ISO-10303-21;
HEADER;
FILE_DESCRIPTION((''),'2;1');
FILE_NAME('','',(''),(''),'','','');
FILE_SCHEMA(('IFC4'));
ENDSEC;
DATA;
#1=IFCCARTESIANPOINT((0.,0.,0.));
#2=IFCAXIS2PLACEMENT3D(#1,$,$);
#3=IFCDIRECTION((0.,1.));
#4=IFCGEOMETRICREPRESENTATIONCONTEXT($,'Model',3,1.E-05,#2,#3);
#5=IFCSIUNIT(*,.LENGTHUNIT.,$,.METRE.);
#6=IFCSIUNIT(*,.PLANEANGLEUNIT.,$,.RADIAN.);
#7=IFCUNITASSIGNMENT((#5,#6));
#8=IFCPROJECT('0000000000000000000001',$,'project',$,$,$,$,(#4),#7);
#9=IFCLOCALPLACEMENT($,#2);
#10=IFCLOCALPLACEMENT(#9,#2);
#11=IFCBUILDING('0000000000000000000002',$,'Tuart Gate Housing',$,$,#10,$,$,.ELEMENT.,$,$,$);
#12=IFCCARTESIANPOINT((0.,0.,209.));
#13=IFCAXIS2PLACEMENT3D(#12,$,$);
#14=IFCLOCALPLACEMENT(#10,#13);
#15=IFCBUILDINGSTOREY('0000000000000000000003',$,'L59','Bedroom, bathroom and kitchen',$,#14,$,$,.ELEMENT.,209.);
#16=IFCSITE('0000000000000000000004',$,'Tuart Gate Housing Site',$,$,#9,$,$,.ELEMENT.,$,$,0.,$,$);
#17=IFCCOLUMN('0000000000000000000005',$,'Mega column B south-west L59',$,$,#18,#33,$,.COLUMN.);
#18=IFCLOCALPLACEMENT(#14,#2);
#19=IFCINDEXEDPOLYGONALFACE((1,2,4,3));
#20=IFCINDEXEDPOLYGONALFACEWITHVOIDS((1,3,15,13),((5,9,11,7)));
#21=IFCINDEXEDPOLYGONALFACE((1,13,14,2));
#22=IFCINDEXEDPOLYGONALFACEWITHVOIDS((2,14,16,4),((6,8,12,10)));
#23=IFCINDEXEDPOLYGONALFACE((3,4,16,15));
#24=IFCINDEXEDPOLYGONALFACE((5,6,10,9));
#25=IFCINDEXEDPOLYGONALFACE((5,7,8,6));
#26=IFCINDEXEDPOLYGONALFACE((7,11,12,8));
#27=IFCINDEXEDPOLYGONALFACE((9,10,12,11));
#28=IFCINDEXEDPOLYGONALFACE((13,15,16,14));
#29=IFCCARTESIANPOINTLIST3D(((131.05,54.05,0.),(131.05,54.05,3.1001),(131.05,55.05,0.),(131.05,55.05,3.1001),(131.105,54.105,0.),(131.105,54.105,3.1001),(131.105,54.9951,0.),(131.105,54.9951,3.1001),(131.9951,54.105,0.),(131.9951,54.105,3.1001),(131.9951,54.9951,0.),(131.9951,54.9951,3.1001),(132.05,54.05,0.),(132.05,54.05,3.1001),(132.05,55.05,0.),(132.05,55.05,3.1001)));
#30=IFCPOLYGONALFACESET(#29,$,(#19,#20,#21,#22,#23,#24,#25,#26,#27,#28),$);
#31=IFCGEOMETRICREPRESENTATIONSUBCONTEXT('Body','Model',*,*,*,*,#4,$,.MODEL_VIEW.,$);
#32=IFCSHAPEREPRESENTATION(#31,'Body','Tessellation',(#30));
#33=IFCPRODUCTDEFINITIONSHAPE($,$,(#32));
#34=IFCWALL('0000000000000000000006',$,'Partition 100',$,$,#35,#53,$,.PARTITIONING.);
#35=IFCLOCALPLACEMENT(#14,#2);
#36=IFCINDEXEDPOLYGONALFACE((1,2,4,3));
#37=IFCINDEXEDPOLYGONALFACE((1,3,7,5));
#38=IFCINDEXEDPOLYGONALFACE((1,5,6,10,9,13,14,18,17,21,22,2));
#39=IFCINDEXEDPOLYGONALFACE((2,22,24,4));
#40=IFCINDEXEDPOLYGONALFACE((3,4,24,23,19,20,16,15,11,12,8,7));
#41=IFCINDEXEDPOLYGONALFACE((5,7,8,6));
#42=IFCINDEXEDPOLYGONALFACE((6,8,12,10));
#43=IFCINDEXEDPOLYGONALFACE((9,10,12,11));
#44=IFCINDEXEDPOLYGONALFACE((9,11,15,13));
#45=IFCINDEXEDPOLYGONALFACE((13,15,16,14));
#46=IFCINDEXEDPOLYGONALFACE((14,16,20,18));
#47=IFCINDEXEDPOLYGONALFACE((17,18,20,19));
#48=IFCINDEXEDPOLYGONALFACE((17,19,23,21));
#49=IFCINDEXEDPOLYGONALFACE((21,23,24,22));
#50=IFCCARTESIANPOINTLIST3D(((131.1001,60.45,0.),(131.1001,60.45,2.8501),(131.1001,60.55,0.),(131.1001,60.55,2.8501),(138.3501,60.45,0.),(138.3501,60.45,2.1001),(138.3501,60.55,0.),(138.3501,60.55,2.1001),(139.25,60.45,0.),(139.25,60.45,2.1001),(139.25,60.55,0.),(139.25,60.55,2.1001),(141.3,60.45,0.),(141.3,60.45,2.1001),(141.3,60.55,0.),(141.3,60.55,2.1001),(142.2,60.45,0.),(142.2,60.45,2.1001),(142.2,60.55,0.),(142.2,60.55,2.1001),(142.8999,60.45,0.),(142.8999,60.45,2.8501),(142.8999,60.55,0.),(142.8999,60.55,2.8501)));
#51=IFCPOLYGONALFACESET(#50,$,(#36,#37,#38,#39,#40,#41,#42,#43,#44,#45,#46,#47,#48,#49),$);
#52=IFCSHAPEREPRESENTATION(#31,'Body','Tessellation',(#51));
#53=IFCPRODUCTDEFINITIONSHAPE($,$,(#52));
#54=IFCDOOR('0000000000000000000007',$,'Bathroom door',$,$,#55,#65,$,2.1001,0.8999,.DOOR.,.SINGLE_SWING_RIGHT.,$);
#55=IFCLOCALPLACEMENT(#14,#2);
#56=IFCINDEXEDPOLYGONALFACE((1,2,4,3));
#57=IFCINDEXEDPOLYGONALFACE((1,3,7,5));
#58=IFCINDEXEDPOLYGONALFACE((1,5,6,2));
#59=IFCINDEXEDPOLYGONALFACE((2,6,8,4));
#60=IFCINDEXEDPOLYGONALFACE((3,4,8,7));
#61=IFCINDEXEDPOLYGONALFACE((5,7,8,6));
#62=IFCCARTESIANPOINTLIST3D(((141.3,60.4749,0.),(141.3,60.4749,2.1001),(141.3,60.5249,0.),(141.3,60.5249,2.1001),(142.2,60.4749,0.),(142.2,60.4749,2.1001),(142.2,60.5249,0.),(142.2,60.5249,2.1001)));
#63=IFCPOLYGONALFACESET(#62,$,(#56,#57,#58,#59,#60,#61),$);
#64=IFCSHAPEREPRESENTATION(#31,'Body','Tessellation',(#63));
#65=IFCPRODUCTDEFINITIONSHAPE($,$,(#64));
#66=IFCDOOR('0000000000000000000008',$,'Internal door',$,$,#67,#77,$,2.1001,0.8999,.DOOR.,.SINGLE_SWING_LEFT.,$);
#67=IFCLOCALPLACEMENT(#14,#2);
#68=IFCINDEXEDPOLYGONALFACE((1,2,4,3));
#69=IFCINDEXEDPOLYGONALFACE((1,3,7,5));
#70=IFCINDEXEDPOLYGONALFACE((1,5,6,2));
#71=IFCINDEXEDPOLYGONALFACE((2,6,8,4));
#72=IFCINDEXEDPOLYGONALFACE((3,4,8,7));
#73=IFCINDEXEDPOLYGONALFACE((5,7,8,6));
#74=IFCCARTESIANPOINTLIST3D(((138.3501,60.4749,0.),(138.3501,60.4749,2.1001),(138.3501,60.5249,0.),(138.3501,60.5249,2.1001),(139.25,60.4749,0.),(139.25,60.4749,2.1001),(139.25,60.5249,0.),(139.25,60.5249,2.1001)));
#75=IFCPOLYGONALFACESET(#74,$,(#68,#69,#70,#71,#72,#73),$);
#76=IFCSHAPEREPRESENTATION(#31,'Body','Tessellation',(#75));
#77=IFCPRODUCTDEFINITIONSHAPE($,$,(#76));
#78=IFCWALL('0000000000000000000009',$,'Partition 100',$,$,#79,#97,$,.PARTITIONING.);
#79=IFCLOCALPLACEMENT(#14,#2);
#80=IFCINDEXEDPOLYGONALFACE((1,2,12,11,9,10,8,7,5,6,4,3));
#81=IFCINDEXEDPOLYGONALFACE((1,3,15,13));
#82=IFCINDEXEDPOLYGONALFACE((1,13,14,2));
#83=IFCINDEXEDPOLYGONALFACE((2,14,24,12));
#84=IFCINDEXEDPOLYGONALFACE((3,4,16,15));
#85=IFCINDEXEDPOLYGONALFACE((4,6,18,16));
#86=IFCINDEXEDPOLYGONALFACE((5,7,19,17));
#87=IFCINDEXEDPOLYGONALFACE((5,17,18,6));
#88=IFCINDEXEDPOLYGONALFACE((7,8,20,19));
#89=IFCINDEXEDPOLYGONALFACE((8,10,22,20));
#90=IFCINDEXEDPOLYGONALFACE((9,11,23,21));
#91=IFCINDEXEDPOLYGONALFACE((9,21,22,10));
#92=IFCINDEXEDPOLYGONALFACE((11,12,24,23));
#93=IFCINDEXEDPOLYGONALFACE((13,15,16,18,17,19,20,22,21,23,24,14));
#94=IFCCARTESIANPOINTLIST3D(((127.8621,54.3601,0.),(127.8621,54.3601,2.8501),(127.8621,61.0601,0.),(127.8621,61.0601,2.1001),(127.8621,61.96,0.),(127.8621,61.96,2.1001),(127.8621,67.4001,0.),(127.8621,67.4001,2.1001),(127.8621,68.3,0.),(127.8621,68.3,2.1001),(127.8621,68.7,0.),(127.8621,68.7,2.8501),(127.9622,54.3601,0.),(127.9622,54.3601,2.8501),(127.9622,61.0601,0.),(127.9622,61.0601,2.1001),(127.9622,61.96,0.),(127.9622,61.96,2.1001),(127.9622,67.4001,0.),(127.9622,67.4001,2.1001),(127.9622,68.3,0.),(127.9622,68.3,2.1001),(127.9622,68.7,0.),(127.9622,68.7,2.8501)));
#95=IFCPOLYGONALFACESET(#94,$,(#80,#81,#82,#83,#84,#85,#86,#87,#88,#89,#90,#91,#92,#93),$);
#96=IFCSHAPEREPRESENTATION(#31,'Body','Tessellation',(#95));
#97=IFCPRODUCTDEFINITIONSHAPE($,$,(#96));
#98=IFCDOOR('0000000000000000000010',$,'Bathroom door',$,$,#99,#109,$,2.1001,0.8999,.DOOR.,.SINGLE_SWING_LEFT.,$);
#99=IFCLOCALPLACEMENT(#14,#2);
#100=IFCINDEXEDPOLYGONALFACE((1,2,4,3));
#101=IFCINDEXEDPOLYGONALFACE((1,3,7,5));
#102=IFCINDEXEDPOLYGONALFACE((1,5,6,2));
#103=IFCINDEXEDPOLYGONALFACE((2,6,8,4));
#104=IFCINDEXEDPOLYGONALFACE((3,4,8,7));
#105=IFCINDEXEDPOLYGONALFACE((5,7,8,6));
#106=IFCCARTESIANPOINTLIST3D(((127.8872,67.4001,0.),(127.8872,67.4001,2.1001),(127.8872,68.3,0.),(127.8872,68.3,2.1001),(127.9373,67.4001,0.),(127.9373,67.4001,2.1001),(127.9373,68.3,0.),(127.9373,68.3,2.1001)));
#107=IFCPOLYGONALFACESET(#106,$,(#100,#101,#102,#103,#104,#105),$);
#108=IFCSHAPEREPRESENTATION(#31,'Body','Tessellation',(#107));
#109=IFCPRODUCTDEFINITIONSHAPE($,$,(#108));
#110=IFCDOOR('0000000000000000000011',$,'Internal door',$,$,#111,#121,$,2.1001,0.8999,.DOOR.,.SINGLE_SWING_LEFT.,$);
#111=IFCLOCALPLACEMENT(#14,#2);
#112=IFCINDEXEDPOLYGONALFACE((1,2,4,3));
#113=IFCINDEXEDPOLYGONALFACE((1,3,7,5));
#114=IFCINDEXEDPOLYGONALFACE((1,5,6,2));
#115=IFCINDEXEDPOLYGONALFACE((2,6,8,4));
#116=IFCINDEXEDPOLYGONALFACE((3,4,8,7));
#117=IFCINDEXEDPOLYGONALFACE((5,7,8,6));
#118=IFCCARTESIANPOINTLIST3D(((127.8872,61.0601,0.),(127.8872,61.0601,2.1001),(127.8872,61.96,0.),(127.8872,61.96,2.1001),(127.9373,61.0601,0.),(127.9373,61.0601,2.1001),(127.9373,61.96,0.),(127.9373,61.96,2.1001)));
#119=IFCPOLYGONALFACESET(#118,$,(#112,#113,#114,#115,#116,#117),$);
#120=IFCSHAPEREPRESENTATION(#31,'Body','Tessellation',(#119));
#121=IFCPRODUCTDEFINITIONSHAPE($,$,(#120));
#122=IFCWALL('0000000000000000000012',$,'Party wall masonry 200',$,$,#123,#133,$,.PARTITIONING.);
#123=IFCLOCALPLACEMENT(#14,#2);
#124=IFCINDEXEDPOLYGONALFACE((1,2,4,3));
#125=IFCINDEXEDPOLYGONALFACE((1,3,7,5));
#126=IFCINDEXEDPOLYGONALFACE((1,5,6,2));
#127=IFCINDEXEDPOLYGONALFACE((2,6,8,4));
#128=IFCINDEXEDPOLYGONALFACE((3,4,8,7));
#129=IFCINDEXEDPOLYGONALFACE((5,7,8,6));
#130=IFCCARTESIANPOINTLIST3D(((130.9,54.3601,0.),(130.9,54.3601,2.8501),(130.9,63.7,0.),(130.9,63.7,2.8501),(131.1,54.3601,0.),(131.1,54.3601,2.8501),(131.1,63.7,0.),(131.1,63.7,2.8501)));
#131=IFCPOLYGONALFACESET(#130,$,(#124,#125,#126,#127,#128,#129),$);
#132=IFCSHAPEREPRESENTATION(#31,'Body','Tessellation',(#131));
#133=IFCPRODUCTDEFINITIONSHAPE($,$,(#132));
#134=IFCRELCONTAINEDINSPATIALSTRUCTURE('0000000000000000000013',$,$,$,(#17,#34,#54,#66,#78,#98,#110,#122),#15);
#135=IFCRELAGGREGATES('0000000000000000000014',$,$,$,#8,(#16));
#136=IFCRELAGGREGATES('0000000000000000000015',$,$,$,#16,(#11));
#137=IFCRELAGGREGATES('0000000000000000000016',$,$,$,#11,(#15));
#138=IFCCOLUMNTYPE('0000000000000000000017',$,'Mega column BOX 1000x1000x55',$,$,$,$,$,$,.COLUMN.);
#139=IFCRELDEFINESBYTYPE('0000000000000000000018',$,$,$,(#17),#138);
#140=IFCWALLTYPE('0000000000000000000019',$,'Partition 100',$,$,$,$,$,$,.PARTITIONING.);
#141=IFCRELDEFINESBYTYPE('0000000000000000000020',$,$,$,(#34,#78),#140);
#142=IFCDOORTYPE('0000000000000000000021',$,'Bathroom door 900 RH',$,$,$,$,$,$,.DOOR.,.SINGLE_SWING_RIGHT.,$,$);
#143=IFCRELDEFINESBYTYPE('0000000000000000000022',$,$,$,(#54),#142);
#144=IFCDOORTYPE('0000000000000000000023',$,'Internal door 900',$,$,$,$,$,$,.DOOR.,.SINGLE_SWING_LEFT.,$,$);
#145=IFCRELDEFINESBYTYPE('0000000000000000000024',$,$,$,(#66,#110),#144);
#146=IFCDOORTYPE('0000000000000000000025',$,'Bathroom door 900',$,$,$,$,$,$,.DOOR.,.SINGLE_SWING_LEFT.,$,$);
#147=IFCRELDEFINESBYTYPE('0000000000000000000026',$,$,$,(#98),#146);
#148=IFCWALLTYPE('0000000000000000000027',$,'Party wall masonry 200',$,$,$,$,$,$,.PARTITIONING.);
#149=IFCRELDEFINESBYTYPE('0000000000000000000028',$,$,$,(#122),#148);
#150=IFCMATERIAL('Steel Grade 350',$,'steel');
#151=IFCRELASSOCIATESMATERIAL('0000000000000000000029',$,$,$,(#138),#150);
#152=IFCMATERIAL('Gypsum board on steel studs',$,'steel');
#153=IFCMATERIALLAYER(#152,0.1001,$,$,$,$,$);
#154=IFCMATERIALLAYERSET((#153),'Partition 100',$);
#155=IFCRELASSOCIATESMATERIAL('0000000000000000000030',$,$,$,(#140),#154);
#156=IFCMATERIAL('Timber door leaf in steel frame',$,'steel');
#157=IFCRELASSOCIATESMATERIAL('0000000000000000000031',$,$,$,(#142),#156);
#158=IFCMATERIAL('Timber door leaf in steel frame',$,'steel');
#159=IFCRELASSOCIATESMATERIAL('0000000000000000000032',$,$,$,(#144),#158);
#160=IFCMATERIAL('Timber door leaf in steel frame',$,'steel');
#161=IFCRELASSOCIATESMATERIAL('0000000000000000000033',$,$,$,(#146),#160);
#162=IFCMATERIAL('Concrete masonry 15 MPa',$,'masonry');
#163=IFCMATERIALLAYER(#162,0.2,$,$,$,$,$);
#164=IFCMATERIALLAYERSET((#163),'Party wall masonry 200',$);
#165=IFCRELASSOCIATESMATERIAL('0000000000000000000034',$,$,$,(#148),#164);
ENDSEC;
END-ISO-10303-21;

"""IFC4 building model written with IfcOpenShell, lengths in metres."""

from ifc_helpers import new_model, si_unit, direction, frame, frame_2d, origin, origin_2d, place, context, subcontext, project, spatial, rectangle, hollow_rectangle, extrude, material, layer, layer_set, material_profile, profile_set, type_object, element, fill, save


model = new_model("IFC4")

# Units and contexts
model_context = context("Model", 3, precision=1e-05, world=origin(), true_north=direction((0.0, 1.0)))
body_context = subcontext(model_context, "Body", "Model", "MODEL_VIEW")
ifc_project = project(units=[si_unit("LENGTHUNIT", "METRE"), si_unit("PLANEANGLEUNIT", "RADIAN")], contexts=[model_context])

# Site, building, storey
site_placement = place(None, origin())
site = spatial("IfcSite", under=ifc_project, at=site_placement, Name="Tuart Gate Housing Site", CompositionType="ELEMENT", RefElevation=0.0)
building_placement = place(site_placement, origin())
building = spatial("IfcBuilding", under=site, at=building_placement, Name="Tuart Gate Housing", CompositionType="ELEMENT")
storey_placement = place(building_placement, frame((0.0, 0.0, 209.0)))
storey = spatial("IfcBuildingStorey", under=building, at=storey_placement, Name="L59", Description="Bedroom, bathroom and kitchen", CompositionType="ELEMENT", Elevation=209.0)

# Column
ifc_material_1 = material(Name="Steel Grade 350", Category="steel")
ifc_material_profile = material_profile(ifc_material_1, hollow_rectangle(XDim=1.0, YDim=1.0, WallThickness=0.0549, at=origin_2d()), Name="BOX 1000x1000x55")
ifc_profile_set = profile_set([ifc_material_profile], Name="Steel Grade 350")
column_type = type_object("IfcColumnType", Name="Mega column BOX 1000x1000x55", PredefinedType="COLUMN", material=ifc_profile_set)
column_placement = place(storey_placement, frame((131.55, 54.55, 0.0), z_axis=(0.0, 0.0, 1.0), x_axis=(1.0, 0.0, 0.0)))
element("IfcColumn", 1, at=column_placement, inside=storey, type_object=column_type, Name="Mega column B south-west L59", PredefinedType="COLUMN", context=body_context, shape_type="SweptSolid", body=[
    extrude(hollow_rectangle(XDim=1.0, YDim=1.0, WallThickness=0.0549, at=origin_2d()), origin(), (0.0, 0.0, 1.0), 3.1001),
])

# Walls, openings, doors
ifc_material_2 = material(Name="Gypsum board on steel studs", Category="steel")
ifc_layer_1 = layer(ifc_material_2, 0.1001)
ifc_layer_set_1 = layer_set([ifc_layer_1], Name="Partition 100")
wall_type_1 = type_object("IfcWallType", Name="Partition 100", PredefinedType="PARTITIONING", material=ifc_layer_set_1)
wall_1_placement = place(storey_placement, frame((131.1001, 60.5, 0.0), z_axis=(0.0, 0.0, 1.0), x_axis=(1.0, 0.0, 0.0)))
wall_1 = element("IfcWall", 2, at=wall_1_placement, inside=storey, type_object=wall_type_1, Name="Partition 100", PredefinedType="PARTITIONING", context=body_context, shape_type="SweptSolid", body=[
    extrude(rectangle(XDim=11.7998, YDim=0.1001, at=frame_2d((5.8999, 0.0))), origin(), (0.0, 0.0, 1.0), 2.8501),
])
opening_1_placement = place(wall_1_placement, frame((7.25, 0.0, 0.0)))
opening_1 = element("IfcOpeningElement", 3, at=opening_1_placement, cuts=wall_1, PredefinedType="OPENING", context=body_context, shape_type="SweptSolid", body=[
    extrude(rectangle(XDim=0.8999, YDim=2.1001, at=frame_2d((0.45, 1.05))), frame((0.0, 0.0601, 0.0), z_axis=(0.0, -1.0, 0.0), x_axis=(1.0, 0.0, 0.0)), (0.0, 0.0, 1.0), 0.1201),
])
opening_2_placement = place(wall_1_placement, frame((10.2, 0.0, 0.0)))
opening_2 = element("IfcOpeningElement", 4, at=opening_2_placement, cuts=wall_1, PredefinedType="OPENING", context=body_context, shape_type="SweptSolid", body=[
    extrude(rectangle(XDim=0.8999, YDim=2.1001, at=frame_2d((0.45, 1.05))), frame((0.0, 0.0601, 0.0), z_axis=(0.0, -1.0, 0.0), x_axis=(1.0, 0.0, 0.0)), (0.0, 0.0, 1.0), 0.1201),
])
ifc_material_3 = material(Name="Timber door leaf in steel frame", Category="steel")
door_type_1 = type_object("IfcDoorType", Name="Bathroom door 900 RH", OperationType="SINGLE_SWING_RIGHT", PredefinedType="DOOR", material=ifc_material_3)
door_1_placement = place(opening_2_placement, frame((0.8999, 0.0, 0.0), z_axis=(0.0, 0.0, 1.0), x_axis=(-1.0, 0.0, 0.0)))
door_1 = element("IfcDoor", 5, at=door_1_placement, inside=storey, type_object=door_type_1, Name="Bathroom door", OperationType="SINGLE_SWING_RIGHT", OverallHeight=2.1001, OverallWidth=0.8999, PredefinedType="DOOR", context=body_context, shape_type="SweptSolid", body=[
    extrude(rectangle(XDim=0.8999, YDim=2.1001, at=frame_2d((0.45, 1.05))), frame((0.0, 0.0251, 0.0), z_axis=(0.0, -1.0, 0.0), x_axis=(1.0, 0.0, 0.0)), (0.0, 0.0, 1.0), 0.05),
])
fill(opening_2, door_1)
ifc_material_4 = material(Name="Timber door leaf in steel frame", Category="steel")
door_type_2 = type_object("IfcDoorType", Name="Internal door 900", OperationType="SINGLE_SWING_LEFT", PredefinedType="DOOR", material=ifc_material_4)
door_2_placement = place(opening_1_placement, origin())
door_2 = element("IfcDoor", 6, at=door_2_placement, inside=storey, type_object=door_type_2, Name="Internal door", OperationType="SINGLE_SWING_LEFT", OverallHeight=2.1001, OverallWidth=0.8999, PredefinedType="DOOR", context=body_context, shape_type="SweptSolid", body=[
    extrude(rectangle(XDim=0.8999, YDim=2.1001, at=frame_2d((0.45, 1.05))), frame((0.0, 0.0249, 0.0), z_axis=(0.0, -1.0, 0.0), x_axis=(1.0, 0.0, 0.0)), (0.0, 0.0, 1.0), 0.05),
])
fill(opening_1, door_2)
wall_2_placement = place(storey_placement, frame((127.9121, 54.3601, 0.0), z_axis=(0.0, 0.0, 1.0), x_axis=(0.0, 1.0, 0.0)))
wall_2 = element("IfcWall", 7, at=wall_2_placement, inside=storey, type_object=wall_type_1, Name="Partition 100", PredefinedType="PARTITIONING", context=body_context, shape_type="SweptSolid", body=[
    extrude(rectangle(XDim=14.3398, YDim=0.1001, at=frame_2d((7.1699, 0.0))), origin(), (0.0, 0.0, 1.0), 2.8501),
])
opening_3_placement = place(wall_2_placement, frame((6.7, 0.0, 0.0)))
opening_3 = element("IfcOpeningElement", 8, at=opening_3_placement, cuts=wall_2, PredefinedType="OPENING", context=body_context, shape_type="SweptSolid", body=[
    extrude(rectangle(XDim=0.8999, YDim=2.1001, at=frame_2d((0.45, 1.05))), frame((0.0, 0.0601, 0.0), z_axis=(0.0, -1.0, 0.0), x_axis=(1.0, 0.0, 0.0)), (0.0, 0.0, 1.0), 0.1201),
])
opening_4_placement = place(wall_2_placement, frame((13.04, 0.0, 0.0)))
opening_4 = element("IfcOpeningElement", 9, at=opening_4_placement, cuts=wall_2, PredefinedType="OPENING", context=body_context, shape_type="SweptSolid", body=[
    extrude(rectangle(XDim=0.8999, YDim=2.1001, at=frame_2d((0.45, 1.05))), frame((0.0, 0.0601, 0.0), z_axis=(0.0, -1.0, 0.0), x_axis=(1.0, 0.0, 0.0)), (0.0, 0.0, 1.0), 0.1201),
])
ifc_material_5 = material(Name="Timber door leaf in steel frame", Category="steel")
door_type_3 = type_object("IfcDoorType", Name="Bathroom door 900", OperationType="SINGLE_SWING_LEFT", PredefinedType="DOOR", material=ifc_material_5)
door_3_placement = place(opening_4_placement, frame((0.8999, 0.0, 0.0), z_axis=(0.0, 0.0, 1.0), x_axis=(-1.0, 0.0, 0.0)))
door_3 = element("IfcDoor", 10, at=door_3_placement, inside=storey, type_object=door_type_3, Name="Bathroom door", OperationType="SINGLE_SWING_LEFT", OverallHeight=2.1001, OverallWidth=0.8999, PredefinedType="DOOR", context=body_context, shape_type="SweptSolid", body=[
    extrude(rectangle(XDim=0.8999, YDim=2.1001, at=frame_2d((0.45, 1.05))), frame((0.0, 0.0251, 0.0), z_axis=(0.0, -1.0, 0.0), x_axis=(1.0, 0.0, 0.0)), (0.0, 0.0, 1.0), 0.05),
])
fill(opening_4, door_3)
door_4_placement = place(opening_3_placement, frame((0.8999, 0.0, 0.0), z_axis=(0.0, 0.0, 1.0), x_axis=(-1.0, 0.0, 0.0)))
door_4 = element("IfcDoor", 11, at=door_4_placement, inside=storey, type_object=door_type_2, Name="Internal door", OperationType="SINGLE_SWING_LEFT", OverallHeight=2.1001, OverallWidth=0.8999, PredefinedType="DOOR", context=body_context, shape_type="SweptSolid", body=[
    extrude(rectangle(XDim=0.8999, YDim=2.1001, at=frame_2d((0.45, 1.05))), frame((0.0, 0.0251, 0.0), z_axis=(0.0, -1.0, 0.0), x_axis=(1.0, 0.0, 0.0)), (0.0, 0.0, 1.0), 0.05),
])
fill(opening_3, door_4)

# Wall
ifc_material_6 = material(Name="Concrete masonry 15 MPa", Category="masonry")
ifc_layer_2 = layer(ifc_material_6, 0.2)
ifc_layer_set_2 = layer_set([ifc_layer_2], Name="Party wall masonry 200")
wall_type_2 = type_object("IfcWallType", Name="Party wall masonry 200", PredefinedType="PARTITIONING", material=ifc_layer_set_2)
wall_3_placement = place(storey_placement, frame((131.0, 54.3601, 0.0), z_axis=(0.0, 0.0, 1.0), x_axis=(0.0, 1.0, 0.0)))
element("IfcWall", 12, at=wall_3_placement, inside=storey, type_object=wall_type_2, Name="Party wall masonry 200", PredefinedType="PARTITIONING", context=body_context, shape_type="SweptSolid", body=[
    extrude(rectangle(XDim=9.3398, YDim=0.2, at=frame_2d((4.6699, 0.0))), origin(), (0.0, 0.0, 1.0), 2.8501),
])

save(model, "model.ifc")
